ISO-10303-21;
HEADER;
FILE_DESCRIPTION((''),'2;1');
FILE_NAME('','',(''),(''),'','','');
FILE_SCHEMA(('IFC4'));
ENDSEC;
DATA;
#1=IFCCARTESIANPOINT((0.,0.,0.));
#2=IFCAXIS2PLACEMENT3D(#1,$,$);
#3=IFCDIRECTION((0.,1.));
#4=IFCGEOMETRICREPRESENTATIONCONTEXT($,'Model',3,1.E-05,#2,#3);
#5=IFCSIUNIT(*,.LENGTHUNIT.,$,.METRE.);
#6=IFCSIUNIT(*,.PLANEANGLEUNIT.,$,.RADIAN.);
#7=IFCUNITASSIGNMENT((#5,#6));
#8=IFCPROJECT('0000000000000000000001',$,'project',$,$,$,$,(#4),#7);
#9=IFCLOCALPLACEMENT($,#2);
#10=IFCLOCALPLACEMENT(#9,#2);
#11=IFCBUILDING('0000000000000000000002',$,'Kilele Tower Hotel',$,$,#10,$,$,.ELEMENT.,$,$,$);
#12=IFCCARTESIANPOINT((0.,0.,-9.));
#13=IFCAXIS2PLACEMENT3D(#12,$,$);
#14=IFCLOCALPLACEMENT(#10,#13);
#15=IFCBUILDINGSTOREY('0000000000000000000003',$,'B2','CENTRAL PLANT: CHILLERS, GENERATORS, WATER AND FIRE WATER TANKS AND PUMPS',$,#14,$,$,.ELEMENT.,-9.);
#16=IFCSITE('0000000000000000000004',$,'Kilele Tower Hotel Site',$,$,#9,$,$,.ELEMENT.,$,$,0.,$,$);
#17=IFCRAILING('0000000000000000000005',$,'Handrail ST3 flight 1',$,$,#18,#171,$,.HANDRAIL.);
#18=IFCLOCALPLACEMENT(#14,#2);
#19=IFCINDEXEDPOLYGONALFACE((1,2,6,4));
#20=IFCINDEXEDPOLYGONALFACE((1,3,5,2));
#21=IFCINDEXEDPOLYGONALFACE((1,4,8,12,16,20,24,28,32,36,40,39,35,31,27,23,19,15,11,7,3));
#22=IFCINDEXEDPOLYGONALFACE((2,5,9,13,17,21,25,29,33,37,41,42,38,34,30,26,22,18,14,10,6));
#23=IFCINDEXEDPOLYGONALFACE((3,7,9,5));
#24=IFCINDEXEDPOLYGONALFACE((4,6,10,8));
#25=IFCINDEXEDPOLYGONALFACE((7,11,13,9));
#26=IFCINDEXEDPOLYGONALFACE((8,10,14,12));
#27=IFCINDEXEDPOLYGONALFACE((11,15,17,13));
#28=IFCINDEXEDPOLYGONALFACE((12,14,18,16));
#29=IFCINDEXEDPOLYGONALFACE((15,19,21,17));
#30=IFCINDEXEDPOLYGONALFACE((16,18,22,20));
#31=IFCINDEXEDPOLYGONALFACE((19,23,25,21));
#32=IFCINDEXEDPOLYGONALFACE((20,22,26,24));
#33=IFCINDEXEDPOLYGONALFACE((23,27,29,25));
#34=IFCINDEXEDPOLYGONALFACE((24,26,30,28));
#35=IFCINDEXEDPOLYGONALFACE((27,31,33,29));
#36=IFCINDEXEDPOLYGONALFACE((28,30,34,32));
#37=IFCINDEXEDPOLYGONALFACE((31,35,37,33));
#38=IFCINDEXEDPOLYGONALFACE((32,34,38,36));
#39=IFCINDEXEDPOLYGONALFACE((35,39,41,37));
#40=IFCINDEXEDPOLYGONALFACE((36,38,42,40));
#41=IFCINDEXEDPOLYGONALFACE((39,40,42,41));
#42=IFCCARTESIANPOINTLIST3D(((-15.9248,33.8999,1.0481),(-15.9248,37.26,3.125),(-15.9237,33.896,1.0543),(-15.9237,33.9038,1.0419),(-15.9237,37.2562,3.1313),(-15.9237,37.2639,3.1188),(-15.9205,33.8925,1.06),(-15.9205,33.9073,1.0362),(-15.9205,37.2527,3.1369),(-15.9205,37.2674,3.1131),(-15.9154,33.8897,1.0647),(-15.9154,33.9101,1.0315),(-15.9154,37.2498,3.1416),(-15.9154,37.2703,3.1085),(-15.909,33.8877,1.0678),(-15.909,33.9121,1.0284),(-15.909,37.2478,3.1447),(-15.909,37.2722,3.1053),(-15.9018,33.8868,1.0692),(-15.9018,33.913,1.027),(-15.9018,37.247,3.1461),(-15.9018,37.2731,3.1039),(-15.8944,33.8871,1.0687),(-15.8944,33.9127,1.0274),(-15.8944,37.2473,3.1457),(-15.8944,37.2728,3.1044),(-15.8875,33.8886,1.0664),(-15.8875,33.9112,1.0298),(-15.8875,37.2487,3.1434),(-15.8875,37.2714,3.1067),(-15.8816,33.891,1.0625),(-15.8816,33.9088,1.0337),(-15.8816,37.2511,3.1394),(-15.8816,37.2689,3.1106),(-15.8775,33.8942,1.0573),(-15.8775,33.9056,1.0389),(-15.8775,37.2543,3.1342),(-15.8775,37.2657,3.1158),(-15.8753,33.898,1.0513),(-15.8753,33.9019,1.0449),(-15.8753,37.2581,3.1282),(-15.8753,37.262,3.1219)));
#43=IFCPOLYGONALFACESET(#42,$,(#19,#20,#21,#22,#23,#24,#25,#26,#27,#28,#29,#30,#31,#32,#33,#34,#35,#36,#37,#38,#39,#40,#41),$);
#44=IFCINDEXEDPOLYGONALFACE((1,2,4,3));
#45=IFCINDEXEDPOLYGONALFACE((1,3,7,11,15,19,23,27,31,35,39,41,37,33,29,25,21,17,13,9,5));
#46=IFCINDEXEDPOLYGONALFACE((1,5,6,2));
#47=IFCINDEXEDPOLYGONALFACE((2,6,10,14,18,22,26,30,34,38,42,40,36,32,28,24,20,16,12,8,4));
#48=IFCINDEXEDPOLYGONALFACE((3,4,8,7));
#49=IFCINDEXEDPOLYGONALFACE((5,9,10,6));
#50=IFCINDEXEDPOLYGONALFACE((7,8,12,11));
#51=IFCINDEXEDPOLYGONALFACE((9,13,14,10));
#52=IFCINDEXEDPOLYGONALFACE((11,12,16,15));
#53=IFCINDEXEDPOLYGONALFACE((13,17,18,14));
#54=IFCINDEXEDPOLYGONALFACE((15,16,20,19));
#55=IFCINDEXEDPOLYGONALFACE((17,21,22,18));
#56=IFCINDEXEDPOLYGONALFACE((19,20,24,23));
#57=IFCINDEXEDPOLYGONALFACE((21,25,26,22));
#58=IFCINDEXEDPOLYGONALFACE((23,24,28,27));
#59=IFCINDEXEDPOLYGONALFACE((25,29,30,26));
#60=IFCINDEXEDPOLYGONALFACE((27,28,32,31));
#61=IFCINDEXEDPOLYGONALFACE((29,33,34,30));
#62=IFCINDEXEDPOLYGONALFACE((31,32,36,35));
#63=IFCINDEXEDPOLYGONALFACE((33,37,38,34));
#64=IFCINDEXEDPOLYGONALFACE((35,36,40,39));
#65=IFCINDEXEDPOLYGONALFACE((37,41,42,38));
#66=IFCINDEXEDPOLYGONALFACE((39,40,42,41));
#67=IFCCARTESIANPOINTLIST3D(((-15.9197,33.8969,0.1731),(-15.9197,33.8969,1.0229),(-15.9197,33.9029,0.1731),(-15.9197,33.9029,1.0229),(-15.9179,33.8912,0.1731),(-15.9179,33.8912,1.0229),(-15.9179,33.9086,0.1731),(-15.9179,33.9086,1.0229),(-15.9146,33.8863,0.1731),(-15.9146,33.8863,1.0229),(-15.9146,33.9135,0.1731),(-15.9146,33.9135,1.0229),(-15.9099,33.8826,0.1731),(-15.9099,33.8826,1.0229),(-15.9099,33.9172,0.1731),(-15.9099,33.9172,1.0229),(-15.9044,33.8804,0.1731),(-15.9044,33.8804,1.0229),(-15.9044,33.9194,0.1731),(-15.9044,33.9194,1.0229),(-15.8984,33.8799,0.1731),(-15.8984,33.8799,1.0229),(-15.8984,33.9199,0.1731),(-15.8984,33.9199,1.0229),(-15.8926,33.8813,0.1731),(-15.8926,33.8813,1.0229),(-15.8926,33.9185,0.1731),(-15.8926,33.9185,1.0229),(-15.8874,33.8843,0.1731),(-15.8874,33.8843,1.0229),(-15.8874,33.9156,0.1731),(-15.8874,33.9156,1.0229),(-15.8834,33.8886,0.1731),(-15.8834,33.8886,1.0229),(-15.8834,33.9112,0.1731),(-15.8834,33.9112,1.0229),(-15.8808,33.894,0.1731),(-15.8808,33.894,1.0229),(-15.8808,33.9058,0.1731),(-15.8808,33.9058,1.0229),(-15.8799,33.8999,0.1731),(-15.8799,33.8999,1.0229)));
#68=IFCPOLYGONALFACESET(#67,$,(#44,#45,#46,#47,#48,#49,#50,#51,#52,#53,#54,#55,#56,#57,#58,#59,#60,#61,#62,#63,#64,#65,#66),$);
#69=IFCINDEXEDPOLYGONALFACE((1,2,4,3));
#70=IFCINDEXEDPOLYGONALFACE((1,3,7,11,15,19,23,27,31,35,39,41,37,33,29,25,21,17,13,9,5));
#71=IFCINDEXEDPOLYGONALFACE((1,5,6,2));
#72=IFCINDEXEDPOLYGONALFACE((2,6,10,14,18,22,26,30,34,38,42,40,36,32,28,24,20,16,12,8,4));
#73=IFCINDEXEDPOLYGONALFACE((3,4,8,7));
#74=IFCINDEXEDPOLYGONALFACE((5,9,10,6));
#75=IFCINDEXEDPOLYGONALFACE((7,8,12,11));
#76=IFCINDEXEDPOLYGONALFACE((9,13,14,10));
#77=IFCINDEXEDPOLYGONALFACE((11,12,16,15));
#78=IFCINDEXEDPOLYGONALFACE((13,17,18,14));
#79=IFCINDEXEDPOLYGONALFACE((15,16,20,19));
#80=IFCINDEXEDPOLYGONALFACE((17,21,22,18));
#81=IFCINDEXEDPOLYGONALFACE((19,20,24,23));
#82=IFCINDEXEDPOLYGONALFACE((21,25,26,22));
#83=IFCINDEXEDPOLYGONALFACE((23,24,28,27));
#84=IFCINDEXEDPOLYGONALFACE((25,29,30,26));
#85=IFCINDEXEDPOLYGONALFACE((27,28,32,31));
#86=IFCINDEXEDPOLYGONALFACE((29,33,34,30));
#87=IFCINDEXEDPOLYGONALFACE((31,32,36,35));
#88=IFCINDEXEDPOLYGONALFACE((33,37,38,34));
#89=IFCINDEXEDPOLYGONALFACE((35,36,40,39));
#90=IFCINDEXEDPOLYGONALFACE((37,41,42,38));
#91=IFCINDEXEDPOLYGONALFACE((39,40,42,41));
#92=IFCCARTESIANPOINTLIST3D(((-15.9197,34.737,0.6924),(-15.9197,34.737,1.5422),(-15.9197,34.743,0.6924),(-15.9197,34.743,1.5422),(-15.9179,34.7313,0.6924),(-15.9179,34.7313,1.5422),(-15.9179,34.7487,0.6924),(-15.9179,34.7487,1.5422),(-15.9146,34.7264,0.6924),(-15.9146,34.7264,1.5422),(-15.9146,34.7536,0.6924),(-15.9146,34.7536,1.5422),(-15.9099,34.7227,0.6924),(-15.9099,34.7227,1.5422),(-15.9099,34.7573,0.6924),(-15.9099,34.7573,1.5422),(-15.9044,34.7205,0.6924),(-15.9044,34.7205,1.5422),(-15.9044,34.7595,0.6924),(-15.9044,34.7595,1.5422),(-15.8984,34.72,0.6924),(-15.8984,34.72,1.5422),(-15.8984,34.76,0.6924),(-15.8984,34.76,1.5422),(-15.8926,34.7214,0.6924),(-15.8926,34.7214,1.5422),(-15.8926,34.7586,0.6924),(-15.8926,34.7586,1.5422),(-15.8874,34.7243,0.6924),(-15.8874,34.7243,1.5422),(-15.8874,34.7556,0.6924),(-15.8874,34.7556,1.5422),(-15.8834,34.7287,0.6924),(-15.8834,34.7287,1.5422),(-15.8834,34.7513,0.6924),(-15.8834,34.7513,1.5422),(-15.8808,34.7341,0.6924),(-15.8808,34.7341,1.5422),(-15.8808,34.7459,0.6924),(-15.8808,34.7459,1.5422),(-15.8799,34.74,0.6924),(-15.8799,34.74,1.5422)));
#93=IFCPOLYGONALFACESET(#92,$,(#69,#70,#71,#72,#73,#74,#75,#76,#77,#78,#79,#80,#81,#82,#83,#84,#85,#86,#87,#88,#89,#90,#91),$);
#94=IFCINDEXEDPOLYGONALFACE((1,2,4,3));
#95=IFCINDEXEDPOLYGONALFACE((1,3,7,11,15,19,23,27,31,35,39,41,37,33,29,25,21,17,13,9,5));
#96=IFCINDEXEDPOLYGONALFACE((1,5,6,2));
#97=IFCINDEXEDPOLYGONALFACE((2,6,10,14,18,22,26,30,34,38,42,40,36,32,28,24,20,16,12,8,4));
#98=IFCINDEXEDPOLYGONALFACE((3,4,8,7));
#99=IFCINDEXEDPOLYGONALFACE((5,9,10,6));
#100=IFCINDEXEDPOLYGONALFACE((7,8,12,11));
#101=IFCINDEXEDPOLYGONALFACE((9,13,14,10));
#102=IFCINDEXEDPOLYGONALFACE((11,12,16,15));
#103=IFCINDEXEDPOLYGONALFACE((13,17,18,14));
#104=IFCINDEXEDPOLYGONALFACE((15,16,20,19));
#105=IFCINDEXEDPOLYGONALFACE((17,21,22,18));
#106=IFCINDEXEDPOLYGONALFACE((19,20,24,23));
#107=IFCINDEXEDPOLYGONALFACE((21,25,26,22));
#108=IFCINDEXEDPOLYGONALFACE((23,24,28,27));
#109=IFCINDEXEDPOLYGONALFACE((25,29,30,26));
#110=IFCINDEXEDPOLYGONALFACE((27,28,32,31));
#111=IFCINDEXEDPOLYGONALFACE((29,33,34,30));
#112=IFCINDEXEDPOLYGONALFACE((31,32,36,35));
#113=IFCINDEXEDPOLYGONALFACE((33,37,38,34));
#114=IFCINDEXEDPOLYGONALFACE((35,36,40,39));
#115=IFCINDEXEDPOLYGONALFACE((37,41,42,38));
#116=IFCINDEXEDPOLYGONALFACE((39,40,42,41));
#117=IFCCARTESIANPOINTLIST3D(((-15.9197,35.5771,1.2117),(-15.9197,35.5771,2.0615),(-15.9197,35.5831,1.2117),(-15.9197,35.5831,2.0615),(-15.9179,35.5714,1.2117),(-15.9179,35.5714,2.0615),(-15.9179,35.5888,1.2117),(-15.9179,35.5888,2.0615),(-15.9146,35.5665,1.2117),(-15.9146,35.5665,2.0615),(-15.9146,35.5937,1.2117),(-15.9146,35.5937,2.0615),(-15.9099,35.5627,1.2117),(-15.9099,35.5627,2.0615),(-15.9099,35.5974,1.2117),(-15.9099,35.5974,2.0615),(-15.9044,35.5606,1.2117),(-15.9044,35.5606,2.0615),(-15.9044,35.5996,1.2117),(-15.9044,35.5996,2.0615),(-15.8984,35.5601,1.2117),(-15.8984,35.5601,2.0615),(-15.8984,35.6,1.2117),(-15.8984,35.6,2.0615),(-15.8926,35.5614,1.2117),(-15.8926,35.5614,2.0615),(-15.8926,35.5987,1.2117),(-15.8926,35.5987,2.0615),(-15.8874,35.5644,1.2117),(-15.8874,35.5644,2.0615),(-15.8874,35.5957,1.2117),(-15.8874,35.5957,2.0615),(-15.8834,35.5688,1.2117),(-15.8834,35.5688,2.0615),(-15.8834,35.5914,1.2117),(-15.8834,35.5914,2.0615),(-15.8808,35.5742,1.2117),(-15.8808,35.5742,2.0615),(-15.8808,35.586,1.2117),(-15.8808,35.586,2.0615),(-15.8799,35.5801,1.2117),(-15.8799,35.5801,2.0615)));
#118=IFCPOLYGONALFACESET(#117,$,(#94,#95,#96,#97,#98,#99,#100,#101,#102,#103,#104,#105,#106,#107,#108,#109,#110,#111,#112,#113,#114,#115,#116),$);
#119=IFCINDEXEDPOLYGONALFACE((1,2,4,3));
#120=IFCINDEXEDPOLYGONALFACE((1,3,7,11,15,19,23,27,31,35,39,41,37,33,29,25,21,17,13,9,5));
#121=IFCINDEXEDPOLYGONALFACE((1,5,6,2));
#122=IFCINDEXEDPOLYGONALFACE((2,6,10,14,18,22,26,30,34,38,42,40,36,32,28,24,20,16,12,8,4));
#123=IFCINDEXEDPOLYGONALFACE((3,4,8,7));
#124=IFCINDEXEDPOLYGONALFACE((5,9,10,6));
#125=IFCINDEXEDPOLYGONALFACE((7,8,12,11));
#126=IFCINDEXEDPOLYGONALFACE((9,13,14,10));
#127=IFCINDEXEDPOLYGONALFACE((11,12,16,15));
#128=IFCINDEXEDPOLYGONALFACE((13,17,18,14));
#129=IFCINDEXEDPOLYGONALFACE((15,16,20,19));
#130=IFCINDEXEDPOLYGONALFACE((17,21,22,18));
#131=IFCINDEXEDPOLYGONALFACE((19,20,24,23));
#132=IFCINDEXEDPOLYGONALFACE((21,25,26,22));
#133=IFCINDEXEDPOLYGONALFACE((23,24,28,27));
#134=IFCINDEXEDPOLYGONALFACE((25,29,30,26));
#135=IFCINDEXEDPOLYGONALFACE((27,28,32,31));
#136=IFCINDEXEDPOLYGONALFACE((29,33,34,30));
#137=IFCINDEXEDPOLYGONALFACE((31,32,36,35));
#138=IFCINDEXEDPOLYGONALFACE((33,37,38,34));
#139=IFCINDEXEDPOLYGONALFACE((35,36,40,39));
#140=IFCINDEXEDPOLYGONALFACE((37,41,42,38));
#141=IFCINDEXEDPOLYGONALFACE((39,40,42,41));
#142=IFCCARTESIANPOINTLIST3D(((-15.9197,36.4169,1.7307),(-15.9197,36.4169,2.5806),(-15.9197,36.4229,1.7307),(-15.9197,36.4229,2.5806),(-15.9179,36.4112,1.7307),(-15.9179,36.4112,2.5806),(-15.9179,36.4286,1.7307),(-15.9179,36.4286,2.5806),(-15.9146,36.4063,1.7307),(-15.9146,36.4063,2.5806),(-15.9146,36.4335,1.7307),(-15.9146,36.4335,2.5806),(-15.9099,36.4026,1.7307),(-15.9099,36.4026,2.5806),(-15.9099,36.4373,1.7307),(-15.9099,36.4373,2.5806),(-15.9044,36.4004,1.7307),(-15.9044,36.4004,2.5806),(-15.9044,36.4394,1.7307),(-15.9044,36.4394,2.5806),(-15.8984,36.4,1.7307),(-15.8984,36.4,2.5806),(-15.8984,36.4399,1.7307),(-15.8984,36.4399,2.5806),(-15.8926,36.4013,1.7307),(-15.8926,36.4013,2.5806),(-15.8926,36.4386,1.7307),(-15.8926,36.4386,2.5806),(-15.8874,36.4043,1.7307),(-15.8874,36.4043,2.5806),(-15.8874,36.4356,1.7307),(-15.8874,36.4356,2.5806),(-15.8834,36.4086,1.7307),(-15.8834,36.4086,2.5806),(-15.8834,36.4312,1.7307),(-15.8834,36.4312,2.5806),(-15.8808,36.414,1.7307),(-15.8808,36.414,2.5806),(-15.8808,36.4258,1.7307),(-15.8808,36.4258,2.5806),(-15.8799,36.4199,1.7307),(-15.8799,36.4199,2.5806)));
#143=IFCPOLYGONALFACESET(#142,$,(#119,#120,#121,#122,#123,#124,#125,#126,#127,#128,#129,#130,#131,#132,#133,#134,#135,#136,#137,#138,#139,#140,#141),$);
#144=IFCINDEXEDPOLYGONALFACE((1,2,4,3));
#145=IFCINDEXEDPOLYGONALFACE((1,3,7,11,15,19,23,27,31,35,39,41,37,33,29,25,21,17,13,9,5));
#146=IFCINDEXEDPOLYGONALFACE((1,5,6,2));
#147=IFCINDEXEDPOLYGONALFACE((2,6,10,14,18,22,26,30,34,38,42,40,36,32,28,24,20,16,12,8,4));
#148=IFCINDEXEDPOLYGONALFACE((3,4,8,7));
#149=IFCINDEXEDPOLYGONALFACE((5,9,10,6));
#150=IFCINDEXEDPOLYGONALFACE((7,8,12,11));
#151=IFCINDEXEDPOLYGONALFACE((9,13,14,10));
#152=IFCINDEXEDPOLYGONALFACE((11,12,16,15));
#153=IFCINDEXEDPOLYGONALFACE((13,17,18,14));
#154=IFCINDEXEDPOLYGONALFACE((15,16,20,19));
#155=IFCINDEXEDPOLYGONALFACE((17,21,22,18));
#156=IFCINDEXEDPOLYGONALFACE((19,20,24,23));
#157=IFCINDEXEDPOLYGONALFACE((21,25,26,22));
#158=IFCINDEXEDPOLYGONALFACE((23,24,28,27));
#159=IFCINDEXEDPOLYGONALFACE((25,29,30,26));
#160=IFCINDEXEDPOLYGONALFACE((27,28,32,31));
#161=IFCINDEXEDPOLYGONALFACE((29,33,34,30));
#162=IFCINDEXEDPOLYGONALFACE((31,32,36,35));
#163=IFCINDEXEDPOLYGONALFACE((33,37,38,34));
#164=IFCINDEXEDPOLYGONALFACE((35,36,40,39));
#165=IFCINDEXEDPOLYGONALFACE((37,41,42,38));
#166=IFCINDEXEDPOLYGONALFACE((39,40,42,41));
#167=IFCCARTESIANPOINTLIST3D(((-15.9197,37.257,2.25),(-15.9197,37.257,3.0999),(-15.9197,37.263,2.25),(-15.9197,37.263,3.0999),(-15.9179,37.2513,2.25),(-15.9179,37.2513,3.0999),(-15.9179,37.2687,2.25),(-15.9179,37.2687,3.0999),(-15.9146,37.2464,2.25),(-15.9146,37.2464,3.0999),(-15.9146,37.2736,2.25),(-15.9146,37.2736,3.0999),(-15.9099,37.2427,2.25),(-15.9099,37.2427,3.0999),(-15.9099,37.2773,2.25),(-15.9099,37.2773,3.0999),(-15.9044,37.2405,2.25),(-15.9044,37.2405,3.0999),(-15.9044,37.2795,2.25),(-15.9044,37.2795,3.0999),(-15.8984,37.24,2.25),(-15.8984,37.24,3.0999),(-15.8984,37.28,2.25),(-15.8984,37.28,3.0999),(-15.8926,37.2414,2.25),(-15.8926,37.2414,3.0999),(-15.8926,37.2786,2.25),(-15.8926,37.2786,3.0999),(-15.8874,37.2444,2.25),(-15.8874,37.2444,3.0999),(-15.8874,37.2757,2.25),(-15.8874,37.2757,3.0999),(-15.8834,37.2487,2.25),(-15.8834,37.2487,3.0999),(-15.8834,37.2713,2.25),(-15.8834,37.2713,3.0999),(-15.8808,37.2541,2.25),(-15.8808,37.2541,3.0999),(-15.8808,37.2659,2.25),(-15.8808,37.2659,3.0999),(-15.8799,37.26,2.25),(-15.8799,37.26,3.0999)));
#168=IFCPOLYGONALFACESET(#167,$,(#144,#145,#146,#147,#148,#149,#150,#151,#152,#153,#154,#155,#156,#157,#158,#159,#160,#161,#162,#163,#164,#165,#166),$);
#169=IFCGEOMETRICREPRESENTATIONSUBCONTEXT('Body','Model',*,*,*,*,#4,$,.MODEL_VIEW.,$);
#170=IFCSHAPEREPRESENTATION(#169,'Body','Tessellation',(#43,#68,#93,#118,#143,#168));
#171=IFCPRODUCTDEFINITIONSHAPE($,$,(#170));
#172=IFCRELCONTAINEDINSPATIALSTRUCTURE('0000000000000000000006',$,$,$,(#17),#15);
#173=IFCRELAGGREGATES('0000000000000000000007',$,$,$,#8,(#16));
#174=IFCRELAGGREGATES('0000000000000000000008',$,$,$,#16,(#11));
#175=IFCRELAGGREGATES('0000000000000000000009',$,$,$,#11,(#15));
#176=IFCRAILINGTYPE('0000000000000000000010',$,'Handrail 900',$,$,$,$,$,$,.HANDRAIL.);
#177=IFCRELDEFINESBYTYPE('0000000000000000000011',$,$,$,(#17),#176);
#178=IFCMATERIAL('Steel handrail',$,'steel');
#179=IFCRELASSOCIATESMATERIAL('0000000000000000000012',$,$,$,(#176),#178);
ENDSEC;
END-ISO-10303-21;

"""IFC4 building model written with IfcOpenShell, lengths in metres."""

from ifc_helpers import new_model, si_unit, direction, frame, origin, origin_2d, place, context, subcontext, project, spatial, circle, extrude, material, type_object, element, save


model = new_model("IFC4")

# Units and contexts
model_context = context("Model", 3, precision=1e-05, world=origin(), true_north=direction((0.0, 1.0)))
body_context = subcontext(model_context, "Body", "Model", "MODEL_VIEW")
ifc_project = project(units=[si_unit("LENGTHUNIT", "METRE"), si_unit("PLANEANGLEUNIT", "RADIAN")], contexts=[model_context])

# Site, building, storey
site_placement = place(None, origin())
site = spatial("IfcSite", under=ifc_project, at=site_placement, Name="Kilele Tower Hotel Site", CompositionType="ELEMENT", RefElevation=0.0)
building_placement = place(site_placement, origin())
building = spatial("IfcBuilding", under=site, at=building_placement, Name="Kilele Tower Hotel", CompositionType="ELEMENT")
storey_placement = place(building_placement, frame((0.0, 0.0, -9.0)))
storey = spatial("IfcBuildingStorey", under=building, at=storey_placement, Name="B2", Description="CENTRAL PLANT: CHILLERS, GENERATORS, WATER AND FIRE WATER TANKS AND PUMPS", CompositionType="ELEMENT", Elevation=-9.0)

# Railing
ifc_material_1 = material(Name="Steel handrail", Category="steel")
railing_type_1 = type_object("IfcRailingType", Name="Handrail 900", PredefinedType="HANDRAIL", material=ifc_material_1)
for number, where, name in (
    (1, (-15.8999, 33.8999, 0.1731), "Handrail ST3 flight 1"),
):
    element("IfcRailing", number, at=place(storey_placement, frame(where)), inside=storey, type_object=railing_type_1, Name=name, PredefinedType="HANDRAIL", context=body_context, shape_type="SweptSolid", body=[
        extrude(circle(Radius=0.0249, at=origin_2d()), frame((0.0, 0.0, 0.875), z_axis=(0.0, 0.850623, 0.525776), x_axis=(-1.0, 0.0, 0.0)), (0.0, 0.0, 1.0), 3.9502),
        extrude(circle(Radius=0.02, at=origin_2d()), origin(), (0.0, 0.0, 1.0), 0.8499),
        extrude(circle(Radius=0.02, at=origin_2d()), frame((0.0, 0.8401, 0.5193)), (0.0, 0.0, 1.0), 0.8499),
        extrude(circle(Radius=0.02, at=origin_2d()), frame((0.0, 1.6802, 1.0386)), (0.0, 0.0, 1.0), 0.8499),
        extrude(circle(Radius=0.02, at=origin_2d()), frame((0.0, 2.52, 1.5576)), (0.0, 0.0, 1.0), 0.8499),
        extrude(circle(Radius=0.02, at=origin_2d()), frame((0.0, 3.3601, 2.0769)), (0.0, 0.0, 1.0), 0.8499),
    ])

save(model, "model.ifc")
